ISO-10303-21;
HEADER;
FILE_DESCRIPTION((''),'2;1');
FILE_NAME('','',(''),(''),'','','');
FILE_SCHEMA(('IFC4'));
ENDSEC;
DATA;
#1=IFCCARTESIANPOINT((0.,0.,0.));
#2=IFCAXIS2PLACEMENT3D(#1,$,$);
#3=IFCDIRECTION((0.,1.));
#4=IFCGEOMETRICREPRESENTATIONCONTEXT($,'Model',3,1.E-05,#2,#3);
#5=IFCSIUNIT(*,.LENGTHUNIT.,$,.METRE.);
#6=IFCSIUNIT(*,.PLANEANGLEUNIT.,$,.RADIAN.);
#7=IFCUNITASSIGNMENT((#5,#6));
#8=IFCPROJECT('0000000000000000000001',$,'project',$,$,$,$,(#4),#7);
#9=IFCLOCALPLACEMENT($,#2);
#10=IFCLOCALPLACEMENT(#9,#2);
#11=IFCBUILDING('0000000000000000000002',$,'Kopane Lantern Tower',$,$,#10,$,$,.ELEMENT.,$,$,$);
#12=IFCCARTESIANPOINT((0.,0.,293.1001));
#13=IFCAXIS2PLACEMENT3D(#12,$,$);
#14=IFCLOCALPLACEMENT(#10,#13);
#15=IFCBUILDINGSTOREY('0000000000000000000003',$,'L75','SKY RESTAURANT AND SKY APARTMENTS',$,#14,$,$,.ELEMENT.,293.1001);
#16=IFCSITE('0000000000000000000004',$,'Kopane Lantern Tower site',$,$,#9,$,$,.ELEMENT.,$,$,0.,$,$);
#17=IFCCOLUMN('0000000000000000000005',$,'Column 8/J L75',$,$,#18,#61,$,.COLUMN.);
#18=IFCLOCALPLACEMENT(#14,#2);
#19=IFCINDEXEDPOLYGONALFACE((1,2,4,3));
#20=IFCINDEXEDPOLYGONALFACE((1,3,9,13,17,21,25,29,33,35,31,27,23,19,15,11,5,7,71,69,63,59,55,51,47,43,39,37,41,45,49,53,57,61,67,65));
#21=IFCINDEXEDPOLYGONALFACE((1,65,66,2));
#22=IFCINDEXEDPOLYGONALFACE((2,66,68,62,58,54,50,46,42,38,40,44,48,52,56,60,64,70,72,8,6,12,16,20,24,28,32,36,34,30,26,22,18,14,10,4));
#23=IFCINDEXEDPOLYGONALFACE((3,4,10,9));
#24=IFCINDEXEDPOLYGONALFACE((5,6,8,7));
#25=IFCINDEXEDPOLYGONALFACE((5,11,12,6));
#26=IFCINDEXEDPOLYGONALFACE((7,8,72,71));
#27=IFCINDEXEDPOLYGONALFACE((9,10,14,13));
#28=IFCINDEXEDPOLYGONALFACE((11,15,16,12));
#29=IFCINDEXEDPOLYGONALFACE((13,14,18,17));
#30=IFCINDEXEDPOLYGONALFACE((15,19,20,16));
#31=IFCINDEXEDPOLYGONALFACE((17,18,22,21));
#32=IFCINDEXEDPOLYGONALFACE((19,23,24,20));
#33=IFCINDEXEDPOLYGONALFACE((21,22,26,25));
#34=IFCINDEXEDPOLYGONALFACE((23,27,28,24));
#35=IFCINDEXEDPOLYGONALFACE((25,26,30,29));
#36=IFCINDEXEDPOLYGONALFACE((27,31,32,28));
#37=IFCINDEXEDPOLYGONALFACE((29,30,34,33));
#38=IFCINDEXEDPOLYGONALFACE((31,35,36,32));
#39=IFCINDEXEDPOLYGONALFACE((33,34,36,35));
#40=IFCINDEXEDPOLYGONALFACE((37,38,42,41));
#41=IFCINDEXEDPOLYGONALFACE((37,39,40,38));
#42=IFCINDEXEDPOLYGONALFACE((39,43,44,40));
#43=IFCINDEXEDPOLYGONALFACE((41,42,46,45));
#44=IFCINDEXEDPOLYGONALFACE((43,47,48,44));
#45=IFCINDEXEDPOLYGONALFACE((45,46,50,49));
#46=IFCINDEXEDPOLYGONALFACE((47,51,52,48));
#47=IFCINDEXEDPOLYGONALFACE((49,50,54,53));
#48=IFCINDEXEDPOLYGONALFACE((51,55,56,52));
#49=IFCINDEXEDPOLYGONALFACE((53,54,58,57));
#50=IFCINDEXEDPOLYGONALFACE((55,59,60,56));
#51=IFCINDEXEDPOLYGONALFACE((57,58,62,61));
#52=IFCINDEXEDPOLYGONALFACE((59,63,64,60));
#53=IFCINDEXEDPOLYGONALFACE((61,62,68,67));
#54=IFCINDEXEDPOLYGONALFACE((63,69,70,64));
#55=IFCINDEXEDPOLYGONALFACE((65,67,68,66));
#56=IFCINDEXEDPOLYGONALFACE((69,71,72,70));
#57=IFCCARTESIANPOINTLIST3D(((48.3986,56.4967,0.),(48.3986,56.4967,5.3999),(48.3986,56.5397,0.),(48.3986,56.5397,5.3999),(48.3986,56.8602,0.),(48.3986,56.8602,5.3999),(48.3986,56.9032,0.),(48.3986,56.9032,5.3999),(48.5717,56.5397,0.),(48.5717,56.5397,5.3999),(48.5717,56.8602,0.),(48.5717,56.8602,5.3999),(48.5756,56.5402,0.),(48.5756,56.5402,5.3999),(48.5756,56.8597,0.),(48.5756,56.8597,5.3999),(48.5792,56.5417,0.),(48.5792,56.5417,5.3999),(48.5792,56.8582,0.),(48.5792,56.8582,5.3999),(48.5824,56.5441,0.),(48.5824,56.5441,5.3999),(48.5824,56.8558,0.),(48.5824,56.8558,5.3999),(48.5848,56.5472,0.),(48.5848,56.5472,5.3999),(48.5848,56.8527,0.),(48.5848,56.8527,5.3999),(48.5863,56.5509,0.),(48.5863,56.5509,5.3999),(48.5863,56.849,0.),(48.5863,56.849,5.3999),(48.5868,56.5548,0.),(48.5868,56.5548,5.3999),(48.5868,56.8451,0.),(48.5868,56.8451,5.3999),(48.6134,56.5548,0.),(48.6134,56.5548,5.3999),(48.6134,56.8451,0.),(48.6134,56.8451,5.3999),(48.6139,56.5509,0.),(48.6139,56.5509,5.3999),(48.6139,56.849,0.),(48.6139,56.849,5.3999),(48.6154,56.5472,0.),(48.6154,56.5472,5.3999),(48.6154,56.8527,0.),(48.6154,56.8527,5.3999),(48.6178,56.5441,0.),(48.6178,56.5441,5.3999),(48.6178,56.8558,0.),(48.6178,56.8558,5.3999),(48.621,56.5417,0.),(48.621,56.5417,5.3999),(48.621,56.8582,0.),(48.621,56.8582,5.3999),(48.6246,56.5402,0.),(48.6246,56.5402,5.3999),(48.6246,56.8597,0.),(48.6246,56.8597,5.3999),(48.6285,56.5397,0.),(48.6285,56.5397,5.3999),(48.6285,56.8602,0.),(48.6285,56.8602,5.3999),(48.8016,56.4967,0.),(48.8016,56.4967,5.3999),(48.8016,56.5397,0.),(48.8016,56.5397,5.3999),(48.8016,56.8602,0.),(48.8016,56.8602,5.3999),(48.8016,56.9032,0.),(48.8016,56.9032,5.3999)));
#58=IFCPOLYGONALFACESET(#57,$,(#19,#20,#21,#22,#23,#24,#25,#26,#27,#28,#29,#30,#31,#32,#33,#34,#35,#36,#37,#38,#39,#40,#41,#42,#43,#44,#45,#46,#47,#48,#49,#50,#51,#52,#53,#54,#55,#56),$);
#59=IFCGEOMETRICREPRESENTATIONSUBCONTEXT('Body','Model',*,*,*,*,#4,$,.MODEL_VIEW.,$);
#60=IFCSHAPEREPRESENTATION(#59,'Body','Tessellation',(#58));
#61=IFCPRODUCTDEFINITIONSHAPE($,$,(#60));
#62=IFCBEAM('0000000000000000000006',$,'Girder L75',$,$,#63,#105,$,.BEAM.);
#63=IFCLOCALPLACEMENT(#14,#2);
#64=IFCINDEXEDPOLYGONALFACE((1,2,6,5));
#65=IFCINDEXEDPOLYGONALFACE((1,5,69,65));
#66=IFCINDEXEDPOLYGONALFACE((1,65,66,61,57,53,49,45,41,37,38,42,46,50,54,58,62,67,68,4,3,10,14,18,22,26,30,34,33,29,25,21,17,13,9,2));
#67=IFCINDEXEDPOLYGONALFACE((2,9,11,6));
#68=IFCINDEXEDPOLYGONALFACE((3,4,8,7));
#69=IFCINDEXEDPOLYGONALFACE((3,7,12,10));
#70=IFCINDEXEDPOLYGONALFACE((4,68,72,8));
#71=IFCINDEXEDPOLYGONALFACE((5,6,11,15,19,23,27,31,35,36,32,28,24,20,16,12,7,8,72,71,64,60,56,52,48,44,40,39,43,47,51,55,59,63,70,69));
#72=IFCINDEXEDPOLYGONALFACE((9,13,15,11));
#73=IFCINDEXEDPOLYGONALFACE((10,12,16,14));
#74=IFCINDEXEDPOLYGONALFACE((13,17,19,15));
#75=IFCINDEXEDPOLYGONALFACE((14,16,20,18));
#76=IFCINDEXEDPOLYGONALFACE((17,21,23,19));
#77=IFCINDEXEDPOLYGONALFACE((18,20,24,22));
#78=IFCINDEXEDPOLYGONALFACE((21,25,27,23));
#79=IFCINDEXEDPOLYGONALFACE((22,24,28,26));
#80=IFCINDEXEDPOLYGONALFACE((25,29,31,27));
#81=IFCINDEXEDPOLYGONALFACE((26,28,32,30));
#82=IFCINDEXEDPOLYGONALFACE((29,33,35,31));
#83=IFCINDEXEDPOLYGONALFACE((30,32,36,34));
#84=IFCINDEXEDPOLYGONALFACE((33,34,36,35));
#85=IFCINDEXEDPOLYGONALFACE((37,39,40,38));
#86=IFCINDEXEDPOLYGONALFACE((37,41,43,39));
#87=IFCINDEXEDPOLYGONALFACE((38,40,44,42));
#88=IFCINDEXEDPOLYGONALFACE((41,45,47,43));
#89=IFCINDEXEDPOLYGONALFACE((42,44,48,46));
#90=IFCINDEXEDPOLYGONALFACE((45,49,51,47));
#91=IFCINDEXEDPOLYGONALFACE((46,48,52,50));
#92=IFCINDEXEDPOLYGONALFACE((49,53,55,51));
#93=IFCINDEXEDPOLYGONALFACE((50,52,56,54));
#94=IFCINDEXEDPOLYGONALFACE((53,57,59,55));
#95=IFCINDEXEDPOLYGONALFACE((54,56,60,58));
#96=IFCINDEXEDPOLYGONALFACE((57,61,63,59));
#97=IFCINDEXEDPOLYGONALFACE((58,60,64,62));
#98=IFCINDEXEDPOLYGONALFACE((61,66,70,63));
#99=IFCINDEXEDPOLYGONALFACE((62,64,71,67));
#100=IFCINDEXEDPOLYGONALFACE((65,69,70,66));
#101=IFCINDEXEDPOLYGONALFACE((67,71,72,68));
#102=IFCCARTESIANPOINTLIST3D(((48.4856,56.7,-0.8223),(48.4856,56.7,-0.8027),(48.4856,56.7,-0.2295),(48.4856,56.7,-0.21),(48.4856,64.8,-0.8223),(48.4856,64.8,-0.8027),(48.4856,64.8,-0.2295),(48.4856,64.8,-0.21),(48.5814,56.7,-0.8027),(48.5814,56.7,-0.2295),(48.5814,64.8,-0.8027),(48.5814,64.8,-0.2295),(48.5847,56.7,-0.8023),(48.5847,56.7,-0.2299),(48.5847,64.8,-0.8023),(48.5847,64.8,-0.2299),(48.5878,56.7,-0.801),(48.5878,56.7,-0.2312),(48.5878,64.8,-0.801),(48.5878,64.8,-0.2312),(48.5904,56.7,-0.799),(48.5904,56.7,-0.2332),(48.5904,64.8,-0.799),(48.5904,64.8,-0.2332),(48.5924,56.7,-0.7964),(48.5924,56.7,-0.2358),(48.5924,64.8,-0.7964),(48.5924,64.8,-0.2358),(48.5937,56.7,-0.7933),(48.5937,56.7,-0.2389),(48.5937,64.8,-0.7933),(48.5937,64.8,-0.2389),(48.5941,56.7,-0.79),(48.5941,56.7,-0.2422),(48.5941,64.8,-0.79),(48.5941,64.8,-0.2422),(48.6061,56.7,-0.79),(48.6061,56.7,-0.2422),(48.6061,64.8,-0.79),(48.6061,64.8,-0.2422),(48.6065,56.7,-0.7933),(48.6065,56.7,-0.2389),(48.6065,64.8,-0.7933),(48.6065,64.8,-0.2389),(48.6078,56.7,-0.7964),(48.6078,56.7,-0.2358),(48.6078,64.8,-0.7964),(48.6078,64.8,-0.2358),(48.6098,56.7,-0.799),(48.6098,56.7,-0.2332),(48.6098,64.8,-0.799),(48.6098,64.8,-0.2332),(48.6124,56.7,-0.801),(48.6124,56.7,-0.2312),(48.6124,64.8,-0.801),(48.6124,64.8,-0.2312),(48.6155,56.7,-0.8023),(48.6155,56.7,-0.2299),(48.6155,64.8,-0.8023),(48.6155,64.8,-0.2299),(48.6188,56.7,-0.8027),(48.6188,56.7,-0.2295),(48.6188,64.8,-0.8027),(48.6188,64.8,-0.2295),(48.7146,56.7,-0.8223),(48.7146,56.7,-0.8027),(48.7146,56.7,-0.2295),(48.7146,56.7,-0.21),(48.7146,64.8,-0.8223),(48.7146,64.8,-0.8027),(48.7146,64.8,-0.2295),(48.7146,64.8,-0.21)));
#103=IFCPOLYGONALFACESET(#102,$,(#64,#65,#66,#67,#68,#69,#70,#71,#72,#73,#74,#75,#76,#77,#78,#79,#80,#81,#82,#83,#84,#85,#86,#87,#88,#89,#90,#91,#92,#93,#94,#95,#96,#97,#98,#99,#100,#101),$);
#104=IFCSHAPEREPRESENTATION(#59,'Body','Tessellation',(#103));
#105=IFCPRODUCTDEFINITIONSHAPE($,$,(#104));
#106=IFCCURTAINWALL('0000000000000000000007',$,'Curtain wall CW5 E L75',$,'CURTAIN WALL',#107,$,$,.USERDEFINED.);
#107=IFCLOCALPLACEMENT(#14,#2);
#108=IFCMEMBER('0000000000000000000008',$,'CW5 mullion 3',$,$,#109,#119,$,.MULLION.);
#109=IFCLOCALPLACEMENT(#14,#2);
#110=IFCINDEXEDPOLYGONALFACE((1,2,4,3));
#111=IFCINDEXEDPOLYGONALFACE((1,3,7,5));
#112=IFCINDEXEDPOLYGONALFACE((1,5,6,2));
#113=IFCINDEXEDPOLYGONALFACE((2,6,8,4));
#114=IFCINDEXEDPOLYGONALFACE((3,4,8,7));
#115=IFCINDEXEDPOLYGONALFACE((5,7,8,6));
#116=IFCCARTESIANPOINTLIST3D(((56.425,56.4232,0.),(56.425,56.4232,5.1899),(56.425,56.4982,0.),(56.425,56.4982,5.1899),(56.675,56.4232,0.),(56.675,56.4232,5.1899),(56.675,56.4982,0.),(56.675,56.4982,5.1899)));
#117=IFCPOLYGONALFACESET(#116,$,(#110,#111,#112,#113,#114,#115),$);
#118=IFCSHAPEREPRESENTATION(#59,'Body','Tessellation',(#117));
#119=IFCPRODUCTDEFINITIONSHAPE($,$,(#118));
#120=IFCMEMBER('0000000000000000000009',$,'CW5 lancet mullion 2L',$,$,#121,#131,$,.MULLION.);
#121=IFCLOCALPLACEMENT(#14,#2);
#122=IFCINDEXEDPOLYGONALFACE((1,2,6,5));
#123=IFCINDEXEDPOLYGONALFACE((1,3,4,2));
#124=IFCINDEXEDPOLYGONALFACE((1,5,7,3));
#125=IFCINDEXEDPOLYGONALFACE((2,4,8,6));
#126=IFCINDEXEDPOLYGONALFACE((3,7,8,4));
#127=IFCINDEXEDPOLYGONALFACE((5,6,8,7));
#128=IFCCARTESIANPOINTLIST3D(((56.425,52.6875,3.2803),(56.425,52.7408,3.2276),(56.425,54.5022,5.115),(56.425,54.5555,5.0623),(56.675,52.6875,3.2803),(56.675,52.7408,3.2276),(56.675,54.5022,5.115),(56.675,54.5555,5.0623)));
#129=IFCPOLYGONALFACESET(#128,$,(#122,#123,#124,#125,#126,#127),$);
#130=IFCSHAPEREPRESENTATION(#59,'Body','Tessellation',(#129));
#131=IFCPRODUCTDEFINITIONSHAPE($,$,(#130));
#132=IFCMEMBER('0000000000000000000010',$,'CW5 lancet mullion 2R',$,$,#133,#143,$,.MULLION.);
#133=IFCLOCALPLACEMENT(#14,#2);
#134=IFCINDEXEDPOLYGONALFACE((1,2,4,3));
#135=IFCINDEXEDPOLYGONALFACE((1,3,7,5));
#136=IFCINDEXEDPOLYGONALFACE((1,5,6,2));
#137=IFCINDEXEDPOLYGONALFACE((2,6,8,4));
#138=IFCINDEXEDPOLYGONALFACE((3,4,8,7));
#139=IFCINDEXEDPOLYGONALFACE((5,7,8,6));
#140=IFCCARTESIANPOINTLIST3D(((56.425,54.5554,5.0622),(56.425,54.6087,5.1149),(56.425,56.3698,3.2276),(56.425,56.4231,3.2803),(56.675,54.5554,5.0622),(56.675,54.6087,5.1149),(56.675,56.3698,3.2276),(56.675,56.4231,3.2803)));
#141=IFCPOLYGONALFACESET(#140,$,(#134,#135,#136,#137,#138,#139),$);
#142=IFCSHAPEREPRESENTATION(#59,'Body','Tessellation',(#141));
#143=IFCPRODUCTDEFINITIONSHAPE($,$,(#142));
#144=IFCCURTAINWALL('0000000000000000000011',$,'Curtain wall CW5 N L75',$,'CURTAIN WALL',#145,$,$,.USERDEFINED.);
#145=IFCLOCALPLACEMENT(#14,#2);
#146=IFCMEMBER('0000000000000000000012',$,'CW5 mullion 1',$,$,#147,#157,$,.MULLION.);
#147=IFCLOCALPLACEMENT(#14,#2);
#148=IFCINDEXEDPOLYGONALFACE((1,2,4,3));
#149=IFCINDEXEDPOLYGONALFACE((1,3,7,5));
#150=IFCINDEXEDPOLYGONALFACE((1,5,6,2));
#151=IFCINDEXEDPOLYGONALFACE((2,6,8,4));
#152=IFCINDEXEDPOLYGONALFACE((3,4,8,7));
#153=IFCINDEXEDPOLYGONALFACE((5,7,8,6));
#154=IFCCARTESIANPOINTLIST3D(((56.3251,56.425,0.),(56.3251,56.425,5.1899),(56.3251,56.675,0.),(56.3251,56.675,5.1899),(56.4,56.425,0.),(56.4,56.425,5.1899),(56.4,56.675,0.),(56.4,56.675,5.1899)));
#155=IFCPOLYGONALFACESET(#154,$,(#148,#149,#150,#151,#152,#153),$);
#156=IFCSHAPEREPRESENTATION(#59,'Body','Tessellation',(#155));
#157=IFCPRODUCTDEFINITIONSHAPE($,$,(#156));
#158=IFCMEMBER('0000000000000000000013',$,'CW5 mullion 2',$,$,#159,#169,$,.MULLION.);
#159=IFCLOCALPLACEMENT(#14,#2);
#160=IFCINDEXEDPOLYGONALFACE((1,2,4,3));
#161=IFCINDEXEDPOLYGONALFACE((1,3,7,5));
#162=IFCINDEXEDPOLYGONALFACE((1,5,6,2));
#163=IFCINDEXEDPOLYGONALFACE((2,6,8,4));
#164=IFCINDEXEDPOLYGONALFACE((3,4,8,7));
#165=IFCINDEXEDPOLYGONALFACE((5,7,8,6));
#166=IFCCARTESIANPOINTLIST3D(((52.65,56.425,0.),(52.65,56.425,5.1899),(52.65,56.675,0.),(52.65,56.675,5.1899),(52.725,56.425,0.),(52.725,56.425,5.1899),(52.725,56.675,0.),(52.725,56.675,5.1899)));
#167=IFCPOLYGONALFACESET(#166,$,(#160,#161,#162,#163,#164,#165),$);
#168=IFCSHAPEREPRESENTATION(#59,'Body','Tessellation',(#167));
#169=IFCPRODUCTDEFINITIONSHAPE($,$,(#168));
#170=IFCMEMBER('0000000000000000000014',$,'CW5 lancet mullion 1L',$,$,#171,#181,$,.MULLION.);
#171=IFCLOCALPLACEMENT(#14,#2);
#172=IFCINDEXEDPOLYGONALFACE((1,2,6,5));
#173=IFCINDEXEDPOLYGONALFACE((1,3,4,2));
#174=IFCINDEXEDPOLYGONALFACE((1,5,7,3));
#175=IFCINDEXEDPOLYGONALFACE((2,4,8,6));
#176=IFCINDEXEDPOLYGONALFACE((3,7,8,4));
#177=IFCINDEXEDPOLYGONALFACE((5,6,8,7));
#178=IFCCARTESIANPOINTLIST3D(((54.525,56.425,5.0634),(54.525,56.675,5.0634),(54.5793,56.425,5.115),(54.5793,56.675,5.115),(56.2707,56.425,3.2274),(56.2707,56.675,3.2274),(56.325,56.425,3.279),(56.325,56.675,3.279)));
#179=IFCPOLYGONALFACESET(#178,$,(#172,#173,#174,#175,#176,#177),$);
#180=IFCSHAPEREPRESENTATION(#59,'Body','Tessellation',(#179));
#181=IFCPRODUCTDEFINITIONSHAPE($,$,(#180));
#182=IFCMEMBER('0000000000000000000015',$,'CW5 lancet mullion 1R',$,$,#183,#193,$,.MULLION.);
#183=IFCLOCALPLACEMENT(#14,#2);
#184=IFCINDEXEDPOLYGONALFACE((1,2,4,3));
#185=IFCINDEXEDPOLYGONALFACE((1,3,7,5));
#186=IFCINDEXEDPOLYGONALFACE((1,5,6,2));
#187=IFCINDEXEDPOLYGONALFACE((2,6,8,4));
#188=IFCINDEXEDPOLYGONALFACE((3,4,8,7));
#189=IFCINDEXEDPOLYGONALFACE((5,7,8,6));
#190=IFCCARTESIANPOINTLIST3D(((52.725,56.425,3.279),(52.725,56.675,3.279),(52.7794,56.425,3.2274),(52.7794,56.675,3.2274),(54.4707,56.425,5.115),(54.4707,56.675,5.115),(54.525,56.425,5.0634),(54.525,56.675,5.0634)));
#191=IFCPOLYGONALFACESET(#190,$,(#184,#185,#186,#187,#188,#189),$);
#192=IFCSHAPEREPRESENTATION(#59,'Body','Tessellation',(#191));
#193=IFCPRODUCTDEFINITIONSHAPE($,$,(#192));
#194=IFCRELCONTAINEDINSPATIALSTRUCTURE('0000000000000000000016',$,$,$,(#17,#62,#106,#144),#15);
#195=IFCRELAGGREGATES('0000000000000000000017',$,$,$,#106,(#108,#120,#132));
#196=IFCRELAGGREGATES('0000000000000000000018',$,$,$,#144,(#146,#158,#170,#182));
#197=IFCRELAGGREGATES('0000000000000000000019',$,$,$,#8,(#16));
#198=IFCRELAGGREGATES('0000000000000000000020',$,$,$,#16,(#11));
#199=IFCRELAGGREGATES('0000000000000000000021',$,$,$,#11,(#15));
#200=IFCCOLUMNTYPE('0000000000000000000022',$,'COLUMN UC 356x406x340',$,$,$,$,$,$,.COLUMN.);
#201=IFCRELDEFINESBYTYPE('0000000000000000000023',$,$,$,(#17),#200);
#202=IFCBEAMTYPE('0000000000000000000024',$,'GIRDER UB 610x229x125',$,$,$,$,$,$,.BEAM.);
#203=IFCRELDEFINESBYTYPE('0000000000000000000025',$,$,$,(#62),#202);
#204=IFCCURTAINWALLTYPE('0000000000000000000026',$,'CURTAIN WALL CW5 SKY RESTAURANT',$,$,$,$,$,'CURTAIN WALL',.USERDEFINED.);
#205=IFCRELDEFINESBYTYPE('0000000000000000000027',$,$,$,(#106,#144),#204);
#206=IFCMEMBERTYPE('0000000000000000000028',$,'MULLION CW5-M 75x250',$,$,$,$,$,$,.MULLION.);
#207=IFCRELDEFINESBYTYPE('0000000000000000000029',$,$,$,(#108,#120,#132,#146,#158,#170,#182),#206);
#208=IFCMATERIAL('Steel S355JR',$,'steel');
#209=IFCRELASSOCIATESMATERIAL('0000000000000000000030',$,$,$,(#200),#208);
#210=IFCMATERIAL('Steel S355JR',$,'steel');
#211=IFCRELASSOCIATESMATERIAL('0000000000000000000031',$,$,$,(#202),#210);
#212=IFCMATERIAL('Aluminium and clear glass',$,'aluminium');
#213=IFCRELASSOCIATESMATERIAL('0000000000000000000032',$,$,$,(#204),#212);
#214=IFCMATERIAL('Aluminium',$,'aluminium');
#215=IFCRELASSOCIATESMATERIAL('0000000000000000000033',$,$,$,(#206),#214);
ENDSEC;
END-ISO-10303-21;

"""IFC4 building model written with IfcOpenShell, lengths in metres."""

from ifc_helpers import new_model, si_unit, direction, frame, origin, origin_2d, place, context, subcontext, project, spatial, rectangle, i_section, extrude, material, material_profile, profile_set, type_object, element, aggregate, save


model = new_model("IFC4")

# Units and contexts
model_context = context("Model", 3, precision=1e-05, world=origin(), true_north=direction((0.0, 1.0)))
body_context = subcontext(model_context, "Body", "Model", "MODEL_VIEW")
ifc_project = project(units=[si_unit("LENGTHUNIT", "METRE"), si_unit("PLANEANGLEUNIT", "RADIAN")], contexts=[model_context])

# Site, building, storey
site_placement = place(None, origin())
site = spatial("IfcSite", under=ifc_project, at=site_placement, Name="Kopane Lantern Tower site", CompositionType="ELEMENT", RefElevation=0.0)
building_placement = place(site_placement, origin())
building = spatial("IfcBuilding", under=site, at=building_placement, Name="Kopane Lantern Tower", CompositionType="ELEMENT")
storey_placement = place(building_placement, frame((0.0, 0.0, 293.1001)))
storey = spatial("IfcBuildingStorey", under=building, at=storey_placement, Name="L75", Description="SKY RESTAURANT AND SKY APARTMENTS", CompositionType="ELEMENT", Elevation=293.1001)

# Column
ifc_material_1 = material(Name="Steel S355JR", Category="steel")
ifc_material_profile_1 = material_profile(ifc_material_1, i_section(OverallWidth=0.4031, OverallDepth=0.4065, WebThickness=0.0266, FlangeThickness=0.043, FilletRadius=0.0151, at=origin_2d()), Name="UC 356x406x340")
ifc_profile_set_1 = profile_set([ifc_material_profile_1], Name="Steel S355JR")
column_type = type_object("IfcColumnType", Name="COLUMN UC 356x406x340", PredefinedType="COLUMN", material=ifc_profile_set_1)
column_placement = place(storey_placement, frame((48.6001, 56.7, 0.0), z_axis=(0.0, 0.0, 1.0), x_axis=(1.0, 0.0, 0.0)))
element("IfcColumn", 1, at=column_placement, inside=storey, type_object=column_type, Name="Column 8/J L75", PredefinedType="COLUMN", context=body_context, shape_type="SweptSolid", body=[
    extrude(i_section(OverallWidth=0.4031, OverallDepth=0.4065, WebThickness=0.0266, FlangeThickness=0.043, FilletRadius=0.0151, at=origin_2d()), origin(), (0.0, 0.0, 1.0), 5.3999),
])

# Beam
ifc_material_2 = material(Name="Steel S355JR", Category="steel")
ifc_material_profile_2 = material_profile(ifc_material_2, i_section(OverallWidth=0.229, OverallDepth=0.6123, WebThickness=0.012, FlangeThickness=0.0195, FilletRadius=0.0127, at=origin_2d()), Name="UB 610x229x125")
ifc_profile_set_2 = profile_set([ifc_material_profile_2], Name="Steel S355JR")
beam_type = type_object("IfcBeamType", Name="GIRDER UB 610x229x125", PredefinedType="BEAM", material=ifc_profile_set_2)
beam_placement = place(storey_placement, frame((48.6001, 56.7, -0.5161), z_axis=(0.0, 1.0, 0.0), x_axis=(-1.0, 0.0, 0.0)))
element("IfcBeam", 2, at=beam_placement, inside=storey, type_object=beam_type, Name="Girder L75", PredefinedType="BEAM", context=body_context, shape_type="SweptSolid", body=[
    extrude(i_section(OverallWidth=0.229, OverallDepth=0.6123, WebThickness=0.012, FlangeThickness=0.0195, FilletRadius=0.0127, at=origin_2d()), origin(), (0.0, 0.0, 1.0), 8.1001),
])

# Curtain walls, members
ifc_material_3 = material(Name="Aluminium and clear glass", Category="aluminium")
curtain_wall_type = type_object("IfcCurtainWallType", Name="CURTAIN WALL CW5 SKY RESTAURANT", ElementType="CURTAIN WALL", PredefinedType="USERDEFINED", material=ifc_material_3)
curtain_wall_1_placement = place(storey_placement, origin())
curtain_wall_1 = element("IfcCurtainWall", 3, at=curtain_wall_1_placement, inside=storey, type_object=curtain_wall_type, Name="Curtain wall CW5 E L75", ObjectType="CURTAIN WALL", PredefinedType="USERDEFINED")
ifc_material_4 = material(Name="Aluminium", Category="aluminium")
ifc_material_profile_3 = material_profile(ifc_material_4, rectangle(XDim=0.075, YDim=0.25, at=origin_2d()), Name="AL 75x250")
ifc_profile_set_3 = profile_set([ifc_material_profile_3], Name="Aluminium")
member_type_1 = type_object("IfcMemberType", Name="MULLION CW5-M 75x250", PredefinedType="MULLION", material=ifc_profile_set_3)
member_1_placement = place(storey_placement, frame((56.55, 56.4607, 0.0), z_axis=(0.0, 0.0, 1.0), x_axis=(0.0, 1.0, 0.0)))
member_1 = element("IfcMember", 4, at=member_1_placement, type_object=member_type_1, Name="CW5 mullion 3", PredefinedType="MULLION", context=body_context, shape_type="SweptSolid", body=[
    extrude(rectangle(XDim=0.075, YDim=0.25, at=origin_2d()), origin(), (0.0, 0.0, 1.0), 5.1899),
])
member_2_placement = place(storey_placement, frame((56.55, 52.7141, 3.2539), z_axis=(0.0, 0.703217, 0.710975), x_axis=(0.0, -0.710975, 0.703217)))
member_2 = element("IfcMember", 5, at=member_2_placement, type_object=member_type_1, Name="CW5 lancet mullion 2L", PredefinedType="MULLION", context=body_context, shape_type="SweptSolid", body=[
    extrude(rectangle(XDim=0.075, YDim=0.25, at=origin_2d()), origin(), (0.0, 0.0, 1.0), 2.5806),
])
member_3_placement = place(storey_placement, frame((56.55, 56.3965, 3.2539), z_axis=(0.0, -0.703169, 0.711022), x_axis=(0.0, 0.711022, 0.703169)))
member_3 = element("IfcMember", 6, at=member_3_placement, type_object=member_type_1, Name="CW5 lancet mullion 2R", PredefinedType="MULLION", context=body_context, shape_type="SweptSolid", body=[
    extrude(rectangle(XDim=0.075, YDim=0.25, at=origin_2d()), origin(), (0.0, 0.0, 1.0), 2.5803),
])
curtain_wall_2_placement = place(storey_placement, origin())
curtain_wall_2 = element("IfcCurtainWall", 7, at=curtain_wall_2_placement, inside=storey, type_object=curtain_wall_type, Name="Curtain wall CW5 N L75", ObjectType="CURTAIN WALL", PredefinedType="USERDEFINED")
member_4_placement = place(storey_placement, frame((56.3625, 56.55, 0.0), z_axis=(0.0, 0.0, 1.0), x_axis=(-1.0, 0.0, 0.0)))
member_4 = element("IfcMember", 8, at=member_4_placement, type_object=member_type_1, Name="CW5 mullion 1", PredefinedType="MULLION", context=body_context, shape_type="SweptSolid", body=[
    extrude(rectangle(XDim=0.075, YDim=0.25, at=origin_2d()), origin(), (0.0, 0.0, 1.0), 5.1899),
])
member_5_placement = place(storey_placement, frame((52.6875, 56.55, 0.0), z_axis=(0.0, 0.0, 1.0), x_axis=(-1.0, 0.0, 0.0)))
member_5 = element("IfcMember", 9, at=member_5_placement, type_object=member_type_1, Name="CW5 mullion 2", PredefinedType="MULLION", context=body_context, shape_type="SweptSolid", body=[
    extrude(rectangle(XDim=0.075, YDim=0.25, at=origin_2d()), origin(), (0.0, 0.0, 1.0), 5.1899),
])
member_6_placement = place(storey_placement, frame((56.2979, 56.55, 3.2532), z_axis=(-0.689053, 0.0, 0.724711), x_axis=(0.724711, 0.0, 0.689053)))
member_6 = element("IfcMember", 10, at=member_6_placement, type_object=member_type_1, Name="CW5 lancet mullion 1L", PredefinedType="MULLION", context=body_context, shape_type="SweptSolid", body=[
    extrude(rectangle(XDim=0.075, YDim=0.25, at=origin_2d()), origin(), (0.0, 0.0, 1.0), 2.5334),
])
member_7_placement = place(storey_placement, frame((52.7522, 56.55, 3.2532), z_axis=(0.689053, 0.0, 0.724711), x_axis=(-0.724711, 0.0, 0.689053)))
member_7 = element("IfcMember", 11, at=member_7_placement, type_object=member_type_1, Name="CW5 lancet mullion 1R", PredefinedType="MULLION", context=body_context, shape_type="SweptSolid", body=[
    extrude(rectangle(XDim=0.075, YDim=0.25, at=origin_2d()), origin(), (0.0, 0.0, 1.0), 2.5334),
])

aggregate(curtain_wall_1, [member_1, member_2, member_3])
aggregate(curtain_wall_2, [member_4, member_5, member_6, member_7])

save(model, "model.ifc")
